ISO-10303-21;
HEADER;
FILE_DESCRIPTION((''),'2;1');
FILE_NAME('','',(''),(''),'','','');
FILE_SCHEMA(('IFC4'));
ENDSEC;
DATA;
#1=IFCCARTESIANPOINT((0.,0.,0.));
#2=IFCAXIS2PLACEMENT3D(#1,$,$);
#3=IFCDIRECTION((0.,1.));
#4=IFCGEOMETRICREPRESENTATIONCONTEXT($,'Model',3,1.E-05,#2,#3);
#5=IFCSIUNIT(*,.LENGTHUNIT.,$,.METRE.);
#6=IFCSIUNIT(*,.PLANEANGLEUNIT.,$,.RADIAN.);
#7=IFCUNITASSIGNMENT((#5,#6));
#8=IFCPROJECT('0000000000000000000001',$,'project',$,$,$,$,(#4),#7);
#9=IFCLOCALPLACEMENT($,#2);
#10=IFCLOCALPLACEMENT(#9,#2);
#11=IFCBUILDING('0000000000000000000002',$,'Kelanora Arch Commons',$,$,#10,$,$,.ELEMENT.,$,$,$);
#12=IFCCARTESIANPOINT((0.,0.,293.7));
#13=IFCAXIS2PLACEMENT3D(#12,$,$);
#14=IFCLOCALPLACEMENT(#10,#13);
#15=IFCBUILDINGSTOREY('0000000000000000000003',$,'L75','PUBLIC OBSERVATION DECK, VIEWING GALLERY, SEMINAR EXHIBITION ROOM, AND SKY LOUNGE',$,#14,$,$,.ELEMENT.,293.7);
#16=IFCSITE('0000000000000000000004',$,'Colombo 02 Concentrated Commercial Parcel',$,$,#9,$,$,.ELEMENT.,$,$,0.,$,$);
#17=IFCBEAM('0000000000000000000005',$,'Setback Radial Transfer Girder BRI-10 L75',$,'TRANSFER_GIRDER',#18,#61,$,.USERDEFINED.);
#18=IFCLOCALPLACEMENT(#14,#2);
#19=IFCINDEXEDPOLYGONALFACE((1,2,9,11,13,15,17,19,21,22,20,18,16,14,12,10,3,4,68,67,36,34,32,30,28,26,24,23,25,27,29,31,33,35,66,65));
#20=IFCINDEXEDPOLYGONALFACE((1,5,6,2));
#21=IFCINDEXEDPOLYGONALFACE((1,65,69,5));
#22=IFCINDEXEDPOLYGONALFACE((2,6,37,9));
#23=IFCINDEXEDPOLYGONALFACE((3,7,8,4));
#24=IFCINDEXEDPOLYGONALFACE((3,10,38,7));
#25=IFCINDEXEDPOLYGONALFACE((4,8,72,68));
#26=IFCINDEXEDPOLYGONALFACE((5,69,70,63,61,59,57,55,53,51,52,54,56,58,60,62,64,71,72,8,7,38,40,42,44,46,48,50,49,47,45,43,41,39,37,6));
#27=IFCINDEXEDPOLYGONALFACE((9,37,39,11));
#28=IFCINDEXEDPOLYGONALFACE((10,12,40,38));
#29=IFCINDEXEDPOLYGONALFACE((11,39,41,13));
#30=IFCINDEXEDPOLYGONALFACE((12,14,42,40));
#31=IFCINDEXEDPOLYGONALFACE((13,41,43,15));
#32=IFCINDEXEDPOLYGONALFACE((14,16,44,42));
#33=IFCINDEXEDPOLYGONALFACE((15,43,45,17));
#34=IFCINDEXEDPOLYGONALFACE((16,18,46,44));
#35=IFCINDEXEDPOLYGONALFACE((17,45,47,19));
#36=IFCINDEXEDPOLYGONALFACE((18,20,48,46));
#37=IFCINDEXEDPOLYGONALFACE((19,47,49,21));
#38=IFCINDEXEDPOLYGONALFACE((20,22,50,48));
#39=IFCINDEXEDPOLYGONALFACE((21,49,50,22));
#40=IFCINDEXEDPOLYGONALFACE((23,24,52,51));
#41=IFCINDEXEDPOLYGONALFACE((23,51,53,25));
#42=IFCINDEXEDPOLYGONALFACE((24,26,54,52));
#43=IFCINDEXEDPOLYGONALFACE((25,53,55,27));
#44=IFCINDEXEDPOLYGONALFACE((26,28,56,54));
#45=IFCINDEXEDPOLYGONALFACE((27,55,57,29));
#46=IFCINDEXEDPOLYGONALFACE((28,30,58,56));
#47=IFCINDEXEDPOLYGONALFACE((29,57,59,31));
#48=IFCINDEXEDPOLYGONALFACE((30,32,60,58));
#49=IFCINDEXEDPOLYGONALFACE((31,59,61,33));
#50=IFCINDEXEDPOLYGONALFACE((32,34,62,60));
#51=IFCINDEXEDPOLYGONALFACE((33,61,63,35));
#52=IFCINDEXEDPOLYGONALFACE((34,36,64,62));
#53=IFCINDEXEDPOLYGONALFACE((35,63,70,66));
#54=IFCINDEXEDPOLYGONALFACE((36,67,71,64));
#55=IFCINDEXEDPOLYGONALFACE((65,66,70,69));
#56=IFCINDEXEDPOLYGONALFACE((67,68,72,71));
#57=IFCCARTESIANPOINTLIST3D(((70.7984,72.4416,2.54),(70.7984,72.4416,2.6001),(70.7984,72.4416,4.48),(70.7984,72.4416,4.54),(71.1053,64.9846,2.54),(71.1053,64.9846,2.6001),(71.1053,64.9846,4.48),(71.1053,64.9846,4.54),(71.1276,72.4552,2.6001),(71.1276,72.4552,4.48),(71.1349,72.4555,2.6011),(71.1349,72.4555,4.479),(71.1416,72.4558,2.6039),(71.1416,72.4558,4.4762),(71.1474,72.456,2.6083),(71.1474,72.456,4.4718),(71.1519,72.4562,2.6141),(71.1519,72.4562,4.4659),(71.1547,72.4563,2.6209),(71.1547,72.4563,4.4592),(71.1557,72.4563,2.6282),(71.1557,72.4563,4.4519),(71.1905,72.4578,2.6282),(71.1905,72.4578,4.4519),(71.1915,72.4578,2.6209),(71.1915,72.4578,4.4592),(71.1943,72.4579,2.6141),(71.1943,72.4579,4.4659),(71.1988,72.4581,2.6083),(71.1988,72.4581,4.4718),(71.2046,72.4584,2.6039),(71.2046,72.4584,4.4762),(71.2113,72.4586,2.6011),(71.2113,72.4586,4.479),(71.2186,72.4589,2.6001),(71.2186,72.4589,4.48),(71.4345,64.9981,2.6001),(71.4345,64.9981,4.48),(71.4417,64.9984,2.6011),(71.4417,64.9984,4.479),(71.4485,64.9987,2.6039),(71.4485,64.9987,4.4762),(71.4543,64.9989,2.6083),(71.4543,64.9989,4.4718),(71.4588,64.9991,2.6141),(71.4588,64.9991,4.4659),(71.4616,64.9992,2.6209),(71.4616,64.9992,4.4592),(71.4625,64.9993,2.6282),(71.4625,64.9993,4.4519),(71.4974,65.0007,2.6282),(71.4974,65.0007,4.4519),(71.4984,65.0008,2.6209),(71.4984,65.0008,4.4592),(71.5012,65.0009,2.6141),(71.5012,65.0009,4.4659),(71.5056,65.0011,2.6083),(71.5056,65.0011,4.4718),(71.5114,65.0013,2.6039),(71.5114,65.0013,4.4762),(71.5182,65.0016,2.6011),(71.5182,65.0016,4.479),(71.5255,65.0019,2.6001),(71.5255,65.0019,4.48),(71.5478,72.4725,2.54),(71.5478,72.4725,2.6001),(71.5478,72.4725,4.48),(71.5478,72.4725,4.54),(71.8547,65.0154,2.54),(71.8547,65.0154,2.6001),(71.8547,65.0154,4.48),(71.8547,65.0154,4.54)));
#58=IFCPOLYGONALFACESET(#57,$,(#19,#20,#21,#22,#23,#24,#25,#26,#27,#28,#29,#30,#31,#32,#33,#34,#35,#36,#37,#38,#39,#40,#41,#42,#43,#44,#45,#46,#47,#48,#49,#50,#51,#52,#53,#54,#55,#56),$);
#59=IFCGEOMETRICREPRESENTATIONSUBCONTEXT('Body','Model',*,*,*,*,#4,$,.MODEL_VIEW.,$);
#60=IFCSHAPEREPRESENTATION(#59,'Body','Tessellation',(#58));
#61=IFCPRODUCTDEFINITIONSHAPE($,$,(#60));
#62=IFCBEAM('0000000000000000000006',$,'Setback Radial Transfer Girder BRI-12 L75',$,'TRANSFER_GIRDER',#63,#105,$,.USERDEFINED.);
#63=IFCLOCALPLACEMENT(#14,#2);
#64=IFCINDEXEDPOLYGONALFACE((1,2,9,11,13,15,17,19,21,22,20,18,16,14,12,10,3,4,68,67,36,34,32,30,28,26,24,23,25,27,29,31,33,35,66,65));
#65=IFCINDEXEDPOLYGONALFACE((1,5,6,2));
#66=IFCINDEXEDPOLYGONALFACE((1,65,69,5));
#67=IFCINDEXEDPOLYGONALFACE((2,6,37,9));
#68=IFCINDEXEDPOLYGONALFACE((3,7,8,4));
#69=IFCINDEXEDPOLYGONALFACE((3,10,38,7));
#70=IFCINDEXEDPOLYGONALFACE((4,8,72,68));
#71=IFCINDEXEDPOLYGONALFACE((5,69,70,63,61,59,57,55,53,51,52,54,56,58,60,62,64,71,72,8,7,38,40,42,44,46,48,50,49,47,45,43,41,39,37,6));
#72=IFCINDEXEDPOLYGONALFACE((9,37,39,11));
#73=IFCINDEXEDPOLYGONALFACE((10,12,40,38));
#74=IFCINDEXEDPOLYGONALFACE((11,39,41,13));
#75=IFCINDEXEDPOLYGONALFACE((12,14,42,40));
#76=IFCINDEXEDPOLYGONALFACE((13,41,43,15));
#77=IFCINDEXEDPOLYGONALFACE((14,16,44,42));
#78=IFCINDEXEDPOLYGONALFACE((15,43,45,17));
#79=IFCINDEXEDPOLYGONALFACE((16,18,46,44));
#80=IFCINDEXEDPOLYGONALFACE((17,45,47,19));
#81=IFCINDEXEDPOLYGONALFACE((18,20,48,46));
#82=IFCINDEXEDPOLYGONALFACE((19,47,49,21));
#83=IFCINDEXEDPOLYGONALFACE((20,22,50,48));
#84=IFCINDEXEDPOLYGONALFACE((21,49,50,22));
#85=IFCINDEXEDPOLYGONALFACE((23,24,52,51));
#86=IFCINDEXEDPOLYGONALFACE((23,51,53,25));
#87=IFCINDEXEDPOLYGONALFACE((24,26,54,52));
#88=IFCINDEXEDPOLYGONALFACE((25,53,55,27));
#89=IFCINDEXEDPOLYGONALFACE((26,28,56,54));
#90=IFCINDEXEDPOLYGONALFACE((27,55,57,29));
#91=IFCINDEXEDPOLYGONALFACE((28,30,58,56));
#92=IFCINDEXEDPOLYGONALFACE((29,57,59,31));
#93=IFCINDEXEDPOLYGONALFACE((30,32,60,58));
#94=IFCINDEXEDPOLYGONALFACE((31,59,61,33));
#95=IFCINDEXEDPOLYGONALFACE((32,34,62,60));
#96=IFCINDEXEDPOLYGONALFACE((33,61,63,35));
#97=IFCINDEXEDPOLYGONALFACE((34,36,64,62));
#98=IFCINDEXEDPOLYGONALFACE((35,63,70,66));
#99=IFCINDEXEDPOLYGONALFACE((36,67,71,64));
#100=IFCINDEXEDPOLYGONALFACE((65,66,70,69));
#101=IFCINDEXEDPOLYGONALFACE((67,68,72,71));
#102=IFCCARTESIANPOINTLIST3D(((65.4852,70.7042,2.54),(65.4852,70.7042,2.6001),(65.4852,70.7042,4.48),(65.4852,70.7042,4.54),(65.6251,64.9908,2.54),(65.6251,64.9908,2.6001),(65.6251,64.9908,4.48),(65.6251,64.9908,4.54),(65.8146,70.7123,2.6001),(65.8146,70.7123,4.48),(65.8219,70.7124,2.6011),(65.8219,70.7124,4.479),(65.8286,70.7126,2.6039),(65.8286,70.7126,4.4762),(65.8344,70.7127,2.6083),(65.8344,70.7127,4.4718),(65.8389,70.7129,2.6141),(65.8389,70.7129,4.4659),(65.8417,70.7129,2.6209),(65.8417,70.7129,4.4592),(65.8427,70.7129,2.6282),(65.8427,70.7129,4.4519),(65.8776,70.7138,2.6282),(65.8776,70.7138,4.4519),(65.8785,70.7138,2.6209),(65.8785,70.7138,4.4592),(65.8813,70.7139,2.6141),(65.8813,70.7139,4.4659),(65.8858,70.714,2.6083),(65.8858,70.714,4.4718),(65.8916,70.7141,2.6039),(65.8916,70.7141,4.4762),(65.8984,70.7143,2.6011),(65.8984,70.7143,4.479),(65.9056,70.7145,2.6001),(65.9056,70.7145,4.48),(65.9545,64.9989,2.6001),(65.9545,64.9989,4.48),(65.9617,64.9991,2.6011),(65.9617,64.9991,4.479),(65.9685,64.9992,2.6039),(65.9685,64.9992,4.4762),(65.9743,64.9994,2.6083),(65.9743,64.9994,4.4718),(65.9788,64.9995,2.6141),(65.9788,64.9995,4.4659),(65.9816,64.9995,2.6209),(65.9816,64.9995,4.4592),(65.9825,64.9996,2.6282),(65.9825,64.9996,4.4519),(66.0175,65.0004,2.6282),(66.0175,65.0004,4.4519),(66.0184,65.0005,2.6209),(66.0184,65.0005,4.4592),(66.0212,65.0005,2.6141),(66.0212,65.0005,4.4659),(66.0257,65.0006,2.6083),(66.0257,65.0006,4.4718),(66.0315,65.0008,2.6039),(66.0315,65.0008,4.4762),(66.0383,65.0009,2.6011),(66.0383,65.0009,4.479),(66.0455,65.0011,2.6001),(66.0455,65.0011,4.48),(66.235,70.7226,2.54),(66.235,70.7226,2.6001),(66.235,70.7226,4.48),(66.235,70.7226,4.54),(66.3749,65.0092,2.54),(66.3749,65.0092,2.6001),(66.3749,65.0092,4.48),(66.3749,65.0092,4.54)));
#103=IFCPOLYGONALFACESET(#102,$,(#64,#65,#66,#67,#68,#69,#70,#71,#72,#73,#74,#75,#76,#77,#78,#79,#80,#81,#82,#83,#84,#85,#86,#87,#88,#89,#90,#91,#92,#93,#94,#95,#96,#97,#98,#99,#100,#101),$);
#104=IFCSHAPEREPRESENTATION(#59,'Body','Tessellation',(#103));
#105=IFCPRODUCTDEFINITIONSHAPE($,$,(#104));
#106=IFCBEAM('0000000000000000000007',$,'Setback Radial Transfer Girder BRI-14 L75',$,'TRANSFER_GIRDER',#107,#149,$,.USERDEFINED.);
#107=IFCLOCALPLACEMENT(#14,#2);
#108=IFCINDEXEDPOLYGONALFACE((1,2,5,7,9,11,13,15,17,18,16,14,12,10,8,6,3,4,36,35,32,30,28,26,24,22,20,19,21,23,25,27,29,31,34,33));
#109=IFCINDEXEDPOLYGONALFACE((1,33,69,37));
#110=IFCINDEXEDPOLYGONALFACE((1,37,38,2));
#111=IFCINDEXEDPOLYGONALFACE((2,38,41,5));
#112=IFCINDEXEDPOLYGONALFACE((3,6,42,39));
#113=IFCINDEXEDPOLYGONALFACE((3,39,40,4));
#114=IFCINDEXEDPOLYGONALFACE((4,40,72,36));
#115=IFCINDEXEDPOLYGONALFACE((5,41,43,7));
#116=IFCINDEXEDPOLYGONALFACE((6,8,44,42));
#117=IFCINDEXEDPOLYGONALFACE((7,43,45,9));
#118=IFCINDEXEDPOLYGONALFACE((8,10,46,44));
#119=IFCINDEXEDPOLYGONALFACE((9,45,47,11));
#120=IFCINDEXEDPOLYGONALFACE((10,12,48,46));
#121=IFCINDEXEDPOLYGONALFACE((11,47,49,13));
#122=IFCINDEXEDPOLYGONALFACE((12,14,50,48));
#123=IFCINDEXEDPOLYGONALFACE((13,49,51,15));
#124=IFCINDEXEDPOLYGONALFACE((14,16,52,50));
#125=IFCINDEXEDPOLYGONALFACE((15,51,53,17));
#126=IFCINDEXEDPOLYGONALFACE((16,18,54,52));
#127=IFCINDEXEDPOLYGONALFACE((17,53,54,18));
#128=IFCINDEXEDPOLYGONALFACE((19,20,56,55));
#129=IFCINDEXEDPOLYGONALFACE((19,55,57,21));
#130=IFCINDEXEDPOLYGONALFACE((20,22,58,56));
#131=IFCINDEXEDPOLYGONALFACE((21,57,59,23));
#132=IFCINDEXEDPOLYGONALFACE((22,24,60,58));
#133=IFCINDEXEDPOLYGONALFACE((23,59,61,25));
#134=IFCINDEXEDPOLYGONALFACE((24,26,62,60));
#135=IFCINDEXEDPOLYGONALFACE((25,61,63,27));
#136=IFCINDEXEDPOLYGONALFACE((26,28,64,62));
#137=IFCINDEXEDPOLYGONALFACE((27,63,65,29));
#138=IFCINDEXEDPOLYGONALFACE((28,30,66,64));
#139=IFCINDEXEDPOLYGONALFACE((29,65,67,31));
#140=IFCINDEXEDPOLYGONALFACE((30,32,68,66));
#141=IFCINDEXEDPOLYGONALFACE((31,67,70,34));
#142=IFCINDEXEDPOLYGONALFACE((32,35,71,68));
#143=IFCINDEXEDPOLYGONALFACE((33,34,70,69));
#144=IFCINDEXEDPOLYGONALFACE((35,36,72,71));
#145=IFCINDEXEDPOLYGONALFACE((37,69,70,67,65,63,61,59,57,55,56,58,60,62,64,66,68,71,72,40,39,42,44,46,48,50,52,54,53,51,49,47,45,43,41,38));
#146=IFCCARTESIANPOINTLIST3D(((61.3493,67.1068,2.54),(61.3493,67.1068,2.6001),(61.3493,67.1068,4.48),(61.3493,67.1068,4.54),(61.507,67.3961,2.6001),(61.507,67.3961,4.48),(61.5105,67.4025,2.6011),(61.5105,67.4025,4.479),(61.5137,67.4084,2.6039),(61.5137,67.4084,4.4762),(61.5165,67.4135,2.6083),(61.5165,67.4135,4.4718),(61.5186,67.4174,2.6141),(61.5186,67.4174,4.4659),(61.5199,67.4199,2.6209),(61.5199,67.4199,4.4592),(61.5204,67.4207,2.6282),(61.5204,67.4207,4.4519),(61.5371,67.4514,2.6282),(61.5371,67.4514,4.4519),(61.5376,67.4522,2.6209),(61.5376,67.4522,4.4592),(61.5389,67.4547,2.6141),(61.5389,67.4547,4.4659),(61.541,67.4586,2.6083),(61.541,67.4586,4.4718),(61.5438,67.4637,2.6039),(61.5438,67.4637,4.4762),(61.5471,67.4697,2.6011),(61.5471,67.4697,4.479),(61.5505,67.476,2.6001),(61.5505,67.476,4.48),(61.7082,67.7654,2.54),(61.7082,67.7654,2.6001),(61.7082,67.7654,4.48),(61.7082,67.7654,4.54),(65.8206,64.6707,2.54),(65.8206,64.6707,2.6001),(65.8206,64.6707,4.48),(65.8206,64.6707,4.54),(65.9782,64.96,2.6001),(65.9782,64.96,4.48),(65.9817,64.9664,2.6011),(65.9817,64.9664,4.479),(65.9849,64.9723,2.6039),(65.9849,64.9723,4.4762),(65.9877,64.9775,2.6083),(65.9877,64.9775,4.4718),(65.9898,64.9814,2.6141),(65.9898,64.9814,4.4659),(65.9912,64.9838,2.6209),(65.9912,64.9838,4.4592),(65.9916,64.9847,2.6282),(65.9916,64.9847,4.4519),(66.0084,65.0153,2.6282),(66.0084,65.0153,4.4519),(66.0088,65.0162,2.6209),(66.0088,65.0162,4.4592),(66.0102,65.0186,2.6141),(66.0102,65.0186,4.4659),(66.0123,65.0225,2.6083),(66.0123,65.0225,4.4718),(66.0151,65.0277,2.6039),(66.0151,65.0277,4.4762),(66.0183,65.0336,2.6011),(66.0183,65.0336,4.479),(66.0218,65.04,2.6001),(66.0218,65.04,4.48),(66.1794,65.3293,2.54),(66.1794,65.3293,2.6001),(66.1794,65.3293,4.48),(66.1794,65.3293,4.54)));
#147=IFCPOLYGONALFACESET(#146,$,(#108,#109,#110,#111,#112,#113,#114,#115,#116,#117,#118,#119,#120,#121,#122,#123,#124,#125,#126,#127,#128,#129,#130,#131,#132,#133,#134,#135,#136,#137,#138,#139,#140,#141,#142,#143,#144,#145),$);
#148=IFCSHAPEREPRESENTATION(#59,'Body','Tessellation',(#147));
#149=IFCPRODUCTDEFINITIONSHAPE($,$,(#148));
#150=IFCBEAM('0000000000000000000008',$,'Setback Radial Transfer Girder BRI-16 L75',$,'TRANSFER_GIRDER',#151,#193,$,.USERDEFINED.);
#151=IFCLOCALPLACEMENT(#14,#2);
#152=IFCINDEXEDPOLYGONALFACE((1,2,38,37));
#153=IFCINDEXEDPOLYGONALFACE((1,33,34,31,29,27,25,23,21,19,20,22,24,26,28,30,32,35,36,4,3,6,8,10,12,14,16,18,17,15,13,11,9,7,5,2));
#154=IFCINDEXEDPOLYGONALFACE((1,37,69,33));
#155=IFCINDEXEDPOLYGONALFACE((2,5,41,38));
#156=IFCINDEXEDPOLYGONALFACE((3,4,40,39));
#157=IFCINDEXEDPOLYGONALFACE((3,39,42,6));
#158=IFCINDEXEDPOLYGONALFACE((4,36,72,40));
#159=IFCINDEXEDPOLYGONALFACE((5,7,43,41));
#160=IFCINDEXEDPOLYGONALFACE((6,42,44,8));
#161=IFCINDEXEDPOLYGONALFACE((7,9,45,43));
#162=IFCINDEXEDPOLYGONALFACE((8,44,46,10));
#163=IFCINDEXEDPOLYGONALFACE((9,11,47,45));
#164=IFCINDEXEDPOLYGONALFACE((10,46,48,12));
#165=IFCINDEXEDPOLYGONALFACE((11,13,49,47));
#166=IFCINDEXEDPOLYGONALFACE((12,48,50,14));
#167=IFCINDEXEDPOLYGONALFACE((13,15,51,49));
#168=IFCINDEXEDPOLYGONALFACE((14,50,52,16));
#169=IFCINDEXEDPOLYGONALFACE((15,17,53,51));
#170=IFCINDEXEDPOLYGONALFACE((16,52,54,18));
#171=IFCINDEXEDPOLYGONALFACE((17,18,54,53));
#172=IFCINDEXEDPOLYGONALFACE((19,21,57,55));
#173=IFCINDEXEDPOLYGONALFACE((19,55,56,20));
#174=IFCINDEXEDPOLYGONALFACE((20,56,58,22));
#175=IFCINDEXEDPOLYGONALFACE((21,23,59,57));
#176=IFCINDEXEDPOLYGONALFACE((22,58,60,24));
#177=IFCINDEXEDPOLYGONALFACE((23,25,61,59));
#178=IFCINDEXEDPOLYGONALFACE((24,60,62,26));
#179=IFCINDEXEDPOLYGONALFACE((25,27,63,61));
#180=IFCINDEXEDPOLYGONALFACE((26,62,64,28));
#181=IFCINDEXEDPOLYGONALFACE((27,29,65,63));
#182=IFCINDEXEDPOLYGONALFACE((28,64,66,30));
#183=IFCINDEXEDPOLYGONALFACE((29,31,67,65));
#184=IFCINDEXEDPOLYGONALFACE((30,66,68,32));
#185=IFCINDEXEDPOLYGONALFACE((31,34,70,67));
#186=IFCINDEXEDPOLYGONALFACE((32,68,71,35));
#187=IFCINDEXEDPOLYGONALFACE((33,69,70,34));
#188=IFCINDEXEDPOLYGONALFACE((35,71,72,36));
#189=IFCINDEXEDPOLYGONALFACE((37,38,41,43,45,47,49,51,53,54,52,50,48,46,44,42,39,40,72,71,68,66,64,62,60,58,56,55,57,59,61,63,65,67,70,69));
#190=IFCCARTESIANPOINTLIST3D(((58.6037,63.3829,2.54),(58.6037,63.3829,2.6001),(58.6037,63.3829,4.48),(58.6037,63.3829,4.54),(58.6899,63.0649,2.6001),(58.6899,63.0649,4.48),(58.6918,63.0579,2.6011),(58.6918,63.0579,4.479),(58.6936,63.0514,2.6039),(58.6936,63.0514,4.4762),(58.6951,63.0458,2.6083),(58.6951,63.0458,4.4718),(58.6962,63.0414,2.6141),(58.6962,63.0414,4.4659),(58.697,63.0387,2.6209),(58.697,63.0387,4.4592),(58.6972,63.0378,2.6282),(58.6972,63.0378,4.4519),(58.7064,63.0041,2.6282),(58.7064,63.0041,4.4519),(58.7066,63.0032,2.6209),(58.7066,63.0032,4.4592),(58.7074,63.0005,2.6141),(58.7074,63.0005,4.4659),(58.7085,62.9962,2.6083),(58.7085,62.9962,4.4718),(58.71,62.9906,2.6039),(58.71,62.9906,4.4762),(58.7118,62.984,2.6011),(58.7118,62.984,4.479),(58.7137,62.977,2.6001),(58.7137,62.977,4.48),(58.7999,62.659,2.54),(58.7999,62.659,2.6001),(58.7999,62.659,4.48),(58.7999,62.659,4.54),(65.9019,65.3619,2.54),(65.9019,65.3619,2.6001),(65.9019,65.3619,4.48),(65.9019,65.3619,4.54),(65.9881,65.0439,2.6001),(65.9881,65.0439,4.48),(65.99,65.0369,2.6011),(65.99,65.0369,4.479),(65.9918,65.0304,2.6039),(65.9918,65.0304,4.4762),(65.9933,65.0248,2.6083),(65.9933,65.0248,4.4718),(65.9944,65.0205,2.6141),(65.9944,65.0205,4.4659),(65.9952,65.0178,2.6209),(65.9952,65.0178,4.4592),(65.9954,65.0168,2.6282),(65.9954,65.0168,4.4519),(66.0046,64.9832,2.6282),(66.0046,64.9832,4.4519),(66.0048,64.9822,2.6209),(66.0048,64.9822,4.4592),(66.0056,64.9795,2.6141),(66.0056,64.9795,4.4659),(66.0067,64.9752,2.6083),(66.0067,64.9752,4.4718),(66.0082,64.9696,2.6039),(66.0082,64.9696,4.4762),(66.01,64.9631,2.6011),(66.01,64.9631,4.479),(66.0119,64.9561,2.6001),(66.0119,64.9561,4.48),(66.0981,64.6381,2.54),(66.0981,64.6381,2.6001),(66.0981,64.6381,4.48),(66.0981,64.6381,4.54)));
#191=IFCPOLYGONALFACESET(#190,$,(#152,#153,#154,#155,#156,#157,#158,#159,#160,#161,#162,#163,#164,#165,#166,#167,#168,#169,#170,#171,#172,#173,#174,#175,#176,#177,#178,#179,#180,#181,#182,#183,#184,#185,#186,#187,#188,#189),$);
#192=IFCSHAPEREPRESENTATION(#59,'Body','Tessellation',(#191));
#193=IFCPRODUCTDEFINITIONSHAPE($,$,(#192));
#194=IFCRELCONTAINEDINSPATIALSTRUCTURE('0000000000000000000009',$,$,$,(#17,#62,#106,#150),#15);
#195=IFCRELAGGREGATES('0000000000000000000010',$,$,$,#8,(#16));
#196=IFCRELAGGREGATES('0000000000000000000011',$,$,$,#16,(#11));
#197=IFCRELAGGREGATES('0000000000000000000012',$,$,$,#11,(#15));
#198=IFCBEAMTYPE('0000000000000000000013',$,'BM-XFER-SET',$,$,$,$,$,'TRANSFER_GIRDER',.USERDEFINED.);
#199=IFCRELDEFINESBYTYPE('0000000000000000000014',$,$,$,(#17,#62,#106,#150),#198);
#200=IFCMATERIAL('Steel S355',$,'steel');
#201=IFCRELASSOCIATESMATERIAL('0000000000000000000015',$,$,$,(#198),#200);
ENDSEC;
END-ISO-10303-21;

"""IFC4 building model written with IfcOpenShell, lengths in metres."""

from ifc_helpers import new_model, si_unit, direction, frame, origin, origin_2d, place, context, subcontext, project, spatial, i_section, extrude, material, material_profile, profile_set, type_object, element, save


model = new_model("IFC4")

# Units and contexts
model_context = context("Model", 3, precision=1e-05, world=origin(), true_north=direction((0.0, 1.0)))
body_context = subcontext(model_context, "Body", "Model", "MODEL_VIEW")
ifc_project = project(units=[si_unit("LENGTHUNIT", "METRE"), si_unit("PLANEANGLEUNIT", "RADIAN")], contexts=[model_context])

# Site, building, storey
site_placement = place(None, origin())
site = spatial("IfcSite", under=ifc_project, at=site_placement, Name="Colombo 02 Concentrated Commercial Parcel", CompositionType="ELEMENT", RefElevation=0.0)
building_placement = place(site_placement, origin())
building = spatial("IfcBuilding", under=site, at=building_placement, Name="Kelanora Arch Commons", CompositionType="ELEMENT")
storey_placement = place(building_placement, frame((0.0, 0.0, 293.7)))
storey = spatial("IfcBuildingStorey", under=building, at=storey_placement, Name="L75", Description="PUBLIC OBSERVATION DECK, VIEWING GALLERY, SEMINAR EXHIBITION ROOM, AND SKY LOUNGE", CompositionType="ELEMENT", Elevation=293.7)

# Beams
ifc_material_1 = material(Name="Steel S355", Category="steel")
ifc_material_profile_1 = material_profile(ifc_material_1, i_section(OverallWidth=0.75, OverallDepth=2.0, WebThickness=0.0349, FlangeThickness=0.0601, FilletRadius=0.0281, at=origin_2d()), Name="PG2000x750")
ifc_profile_set_1 = profile_set([ifc_material_profile_1], Name="Steel S355")
beam_type_1 = type_object("IfcBeamType", Name="BM-XFER-SET", ElementType="TRANSFER_GIRDER", PredefinedType="USERDEFINED", material=ifc_profile_set_1)
beam_1_placement = place(storey_placement, frame((71.48, 65.0, 3.54), z_axis=(-0.041119, 0.999154, 0.0), x_axis=(-0.999154, -0.041119, 0.0)))
element("IfcBeam", 1, at=beam_1_placement, inside=storey, type_object=beam_type_1, Name="Setback Radial Transfer Girder BRI-10 L75", ObjectType="TRANSFER_GIRDER", PredefinedType="USERDEFINED", context=body_context, shape_type="SweptSolid", body=[
    extrude(i_section(OverallWidth=0.75, OverallDepth=2.0, WebThickness=0.0349, FlangeThickness=0.0601, FilletRadius=0.0281, at=origin_2d()), origin(), (0.0, 0.0, 1.0), 7.4634),
])
beam_2_placement = place(storey_placement, frame((66.0, 65.0, 3.54), z_axis=(-0.024478, 0.9997, 0.0), x_axis=(-0.9997, -0.024478, 0.0)))
element("IfcBeam", 2, at=beam_2_placement, inside=storey, type_object=beam_type_1, Name="Setback Radial Transfer Girder BRI-12 L75", ObjectType="TRANSFER_GIRDER", PredefinedType="USERDEFINED", context=body_context, shape_type="SweptSolid", body=[
    extrude(i_section(OverallWidth=0.75, OverallDepth=2.0, WebThickness=0.0349, FlangeThickness=0.0601, FilletRadius=0.0281, at=origin_2d()), origin(), (0.0, 0.0, 1.0), 5.7151),
])
beam_3_placement = place(storey_placement, frame((66.0, 65.0, 3.54), z_axis=(-0.878126, 0.478429, 0.0), x_axis=(-0.478429, -0.878126, 0.0)))
element("IfcBeam", 3, at=beam_3_placement, inside=storey, type_object=beam_type_1, Name="Setback Radial Transfer Girder BRI-14 L75", ObjectType="TRANSFER_GIRDER", PredefinedType="USERDEFINED", context=body_context, shape_type="SweptSolid", body=[
    extrude(i_section(OverallWidth=0.75, OverallDepth=2.0, WebThickness=0.0349, FlangeThickness=0.0601, FilletRadius=0.0281, at=origin_2d()), origin(), (0.0, 0.0, 1.0), 5.0918),
])
beam_4_placement = place(storey_placement, frame((66.0, 65.0, 3.54), z_axis=(-0.965145, -0.261716, 0.0), x_axis=(0.261716, -0.965145, 0.0)))
element("IfcBeam", 4, at=beam_4_placement, inside=storey, type_object=beam_type_1, Name="Setback Radial Transfer Girder BRI-16 L75", ObjectType="TRANSFER_GIRDER", PredefinedType="USERDEFINED", context=body_context, shape_type="SweptSolid", body=[
    extrude(i_section(OverallWidth=0.75, OverallDepth=2.0, WebThickness=0.0349, FlangeThickness=0.0601, FilletRadius=0.0281, at=origin_2d()), origin(), (0.0, 0.0, 1.0), 7.5618),
])

save(model, "model.ifc")
